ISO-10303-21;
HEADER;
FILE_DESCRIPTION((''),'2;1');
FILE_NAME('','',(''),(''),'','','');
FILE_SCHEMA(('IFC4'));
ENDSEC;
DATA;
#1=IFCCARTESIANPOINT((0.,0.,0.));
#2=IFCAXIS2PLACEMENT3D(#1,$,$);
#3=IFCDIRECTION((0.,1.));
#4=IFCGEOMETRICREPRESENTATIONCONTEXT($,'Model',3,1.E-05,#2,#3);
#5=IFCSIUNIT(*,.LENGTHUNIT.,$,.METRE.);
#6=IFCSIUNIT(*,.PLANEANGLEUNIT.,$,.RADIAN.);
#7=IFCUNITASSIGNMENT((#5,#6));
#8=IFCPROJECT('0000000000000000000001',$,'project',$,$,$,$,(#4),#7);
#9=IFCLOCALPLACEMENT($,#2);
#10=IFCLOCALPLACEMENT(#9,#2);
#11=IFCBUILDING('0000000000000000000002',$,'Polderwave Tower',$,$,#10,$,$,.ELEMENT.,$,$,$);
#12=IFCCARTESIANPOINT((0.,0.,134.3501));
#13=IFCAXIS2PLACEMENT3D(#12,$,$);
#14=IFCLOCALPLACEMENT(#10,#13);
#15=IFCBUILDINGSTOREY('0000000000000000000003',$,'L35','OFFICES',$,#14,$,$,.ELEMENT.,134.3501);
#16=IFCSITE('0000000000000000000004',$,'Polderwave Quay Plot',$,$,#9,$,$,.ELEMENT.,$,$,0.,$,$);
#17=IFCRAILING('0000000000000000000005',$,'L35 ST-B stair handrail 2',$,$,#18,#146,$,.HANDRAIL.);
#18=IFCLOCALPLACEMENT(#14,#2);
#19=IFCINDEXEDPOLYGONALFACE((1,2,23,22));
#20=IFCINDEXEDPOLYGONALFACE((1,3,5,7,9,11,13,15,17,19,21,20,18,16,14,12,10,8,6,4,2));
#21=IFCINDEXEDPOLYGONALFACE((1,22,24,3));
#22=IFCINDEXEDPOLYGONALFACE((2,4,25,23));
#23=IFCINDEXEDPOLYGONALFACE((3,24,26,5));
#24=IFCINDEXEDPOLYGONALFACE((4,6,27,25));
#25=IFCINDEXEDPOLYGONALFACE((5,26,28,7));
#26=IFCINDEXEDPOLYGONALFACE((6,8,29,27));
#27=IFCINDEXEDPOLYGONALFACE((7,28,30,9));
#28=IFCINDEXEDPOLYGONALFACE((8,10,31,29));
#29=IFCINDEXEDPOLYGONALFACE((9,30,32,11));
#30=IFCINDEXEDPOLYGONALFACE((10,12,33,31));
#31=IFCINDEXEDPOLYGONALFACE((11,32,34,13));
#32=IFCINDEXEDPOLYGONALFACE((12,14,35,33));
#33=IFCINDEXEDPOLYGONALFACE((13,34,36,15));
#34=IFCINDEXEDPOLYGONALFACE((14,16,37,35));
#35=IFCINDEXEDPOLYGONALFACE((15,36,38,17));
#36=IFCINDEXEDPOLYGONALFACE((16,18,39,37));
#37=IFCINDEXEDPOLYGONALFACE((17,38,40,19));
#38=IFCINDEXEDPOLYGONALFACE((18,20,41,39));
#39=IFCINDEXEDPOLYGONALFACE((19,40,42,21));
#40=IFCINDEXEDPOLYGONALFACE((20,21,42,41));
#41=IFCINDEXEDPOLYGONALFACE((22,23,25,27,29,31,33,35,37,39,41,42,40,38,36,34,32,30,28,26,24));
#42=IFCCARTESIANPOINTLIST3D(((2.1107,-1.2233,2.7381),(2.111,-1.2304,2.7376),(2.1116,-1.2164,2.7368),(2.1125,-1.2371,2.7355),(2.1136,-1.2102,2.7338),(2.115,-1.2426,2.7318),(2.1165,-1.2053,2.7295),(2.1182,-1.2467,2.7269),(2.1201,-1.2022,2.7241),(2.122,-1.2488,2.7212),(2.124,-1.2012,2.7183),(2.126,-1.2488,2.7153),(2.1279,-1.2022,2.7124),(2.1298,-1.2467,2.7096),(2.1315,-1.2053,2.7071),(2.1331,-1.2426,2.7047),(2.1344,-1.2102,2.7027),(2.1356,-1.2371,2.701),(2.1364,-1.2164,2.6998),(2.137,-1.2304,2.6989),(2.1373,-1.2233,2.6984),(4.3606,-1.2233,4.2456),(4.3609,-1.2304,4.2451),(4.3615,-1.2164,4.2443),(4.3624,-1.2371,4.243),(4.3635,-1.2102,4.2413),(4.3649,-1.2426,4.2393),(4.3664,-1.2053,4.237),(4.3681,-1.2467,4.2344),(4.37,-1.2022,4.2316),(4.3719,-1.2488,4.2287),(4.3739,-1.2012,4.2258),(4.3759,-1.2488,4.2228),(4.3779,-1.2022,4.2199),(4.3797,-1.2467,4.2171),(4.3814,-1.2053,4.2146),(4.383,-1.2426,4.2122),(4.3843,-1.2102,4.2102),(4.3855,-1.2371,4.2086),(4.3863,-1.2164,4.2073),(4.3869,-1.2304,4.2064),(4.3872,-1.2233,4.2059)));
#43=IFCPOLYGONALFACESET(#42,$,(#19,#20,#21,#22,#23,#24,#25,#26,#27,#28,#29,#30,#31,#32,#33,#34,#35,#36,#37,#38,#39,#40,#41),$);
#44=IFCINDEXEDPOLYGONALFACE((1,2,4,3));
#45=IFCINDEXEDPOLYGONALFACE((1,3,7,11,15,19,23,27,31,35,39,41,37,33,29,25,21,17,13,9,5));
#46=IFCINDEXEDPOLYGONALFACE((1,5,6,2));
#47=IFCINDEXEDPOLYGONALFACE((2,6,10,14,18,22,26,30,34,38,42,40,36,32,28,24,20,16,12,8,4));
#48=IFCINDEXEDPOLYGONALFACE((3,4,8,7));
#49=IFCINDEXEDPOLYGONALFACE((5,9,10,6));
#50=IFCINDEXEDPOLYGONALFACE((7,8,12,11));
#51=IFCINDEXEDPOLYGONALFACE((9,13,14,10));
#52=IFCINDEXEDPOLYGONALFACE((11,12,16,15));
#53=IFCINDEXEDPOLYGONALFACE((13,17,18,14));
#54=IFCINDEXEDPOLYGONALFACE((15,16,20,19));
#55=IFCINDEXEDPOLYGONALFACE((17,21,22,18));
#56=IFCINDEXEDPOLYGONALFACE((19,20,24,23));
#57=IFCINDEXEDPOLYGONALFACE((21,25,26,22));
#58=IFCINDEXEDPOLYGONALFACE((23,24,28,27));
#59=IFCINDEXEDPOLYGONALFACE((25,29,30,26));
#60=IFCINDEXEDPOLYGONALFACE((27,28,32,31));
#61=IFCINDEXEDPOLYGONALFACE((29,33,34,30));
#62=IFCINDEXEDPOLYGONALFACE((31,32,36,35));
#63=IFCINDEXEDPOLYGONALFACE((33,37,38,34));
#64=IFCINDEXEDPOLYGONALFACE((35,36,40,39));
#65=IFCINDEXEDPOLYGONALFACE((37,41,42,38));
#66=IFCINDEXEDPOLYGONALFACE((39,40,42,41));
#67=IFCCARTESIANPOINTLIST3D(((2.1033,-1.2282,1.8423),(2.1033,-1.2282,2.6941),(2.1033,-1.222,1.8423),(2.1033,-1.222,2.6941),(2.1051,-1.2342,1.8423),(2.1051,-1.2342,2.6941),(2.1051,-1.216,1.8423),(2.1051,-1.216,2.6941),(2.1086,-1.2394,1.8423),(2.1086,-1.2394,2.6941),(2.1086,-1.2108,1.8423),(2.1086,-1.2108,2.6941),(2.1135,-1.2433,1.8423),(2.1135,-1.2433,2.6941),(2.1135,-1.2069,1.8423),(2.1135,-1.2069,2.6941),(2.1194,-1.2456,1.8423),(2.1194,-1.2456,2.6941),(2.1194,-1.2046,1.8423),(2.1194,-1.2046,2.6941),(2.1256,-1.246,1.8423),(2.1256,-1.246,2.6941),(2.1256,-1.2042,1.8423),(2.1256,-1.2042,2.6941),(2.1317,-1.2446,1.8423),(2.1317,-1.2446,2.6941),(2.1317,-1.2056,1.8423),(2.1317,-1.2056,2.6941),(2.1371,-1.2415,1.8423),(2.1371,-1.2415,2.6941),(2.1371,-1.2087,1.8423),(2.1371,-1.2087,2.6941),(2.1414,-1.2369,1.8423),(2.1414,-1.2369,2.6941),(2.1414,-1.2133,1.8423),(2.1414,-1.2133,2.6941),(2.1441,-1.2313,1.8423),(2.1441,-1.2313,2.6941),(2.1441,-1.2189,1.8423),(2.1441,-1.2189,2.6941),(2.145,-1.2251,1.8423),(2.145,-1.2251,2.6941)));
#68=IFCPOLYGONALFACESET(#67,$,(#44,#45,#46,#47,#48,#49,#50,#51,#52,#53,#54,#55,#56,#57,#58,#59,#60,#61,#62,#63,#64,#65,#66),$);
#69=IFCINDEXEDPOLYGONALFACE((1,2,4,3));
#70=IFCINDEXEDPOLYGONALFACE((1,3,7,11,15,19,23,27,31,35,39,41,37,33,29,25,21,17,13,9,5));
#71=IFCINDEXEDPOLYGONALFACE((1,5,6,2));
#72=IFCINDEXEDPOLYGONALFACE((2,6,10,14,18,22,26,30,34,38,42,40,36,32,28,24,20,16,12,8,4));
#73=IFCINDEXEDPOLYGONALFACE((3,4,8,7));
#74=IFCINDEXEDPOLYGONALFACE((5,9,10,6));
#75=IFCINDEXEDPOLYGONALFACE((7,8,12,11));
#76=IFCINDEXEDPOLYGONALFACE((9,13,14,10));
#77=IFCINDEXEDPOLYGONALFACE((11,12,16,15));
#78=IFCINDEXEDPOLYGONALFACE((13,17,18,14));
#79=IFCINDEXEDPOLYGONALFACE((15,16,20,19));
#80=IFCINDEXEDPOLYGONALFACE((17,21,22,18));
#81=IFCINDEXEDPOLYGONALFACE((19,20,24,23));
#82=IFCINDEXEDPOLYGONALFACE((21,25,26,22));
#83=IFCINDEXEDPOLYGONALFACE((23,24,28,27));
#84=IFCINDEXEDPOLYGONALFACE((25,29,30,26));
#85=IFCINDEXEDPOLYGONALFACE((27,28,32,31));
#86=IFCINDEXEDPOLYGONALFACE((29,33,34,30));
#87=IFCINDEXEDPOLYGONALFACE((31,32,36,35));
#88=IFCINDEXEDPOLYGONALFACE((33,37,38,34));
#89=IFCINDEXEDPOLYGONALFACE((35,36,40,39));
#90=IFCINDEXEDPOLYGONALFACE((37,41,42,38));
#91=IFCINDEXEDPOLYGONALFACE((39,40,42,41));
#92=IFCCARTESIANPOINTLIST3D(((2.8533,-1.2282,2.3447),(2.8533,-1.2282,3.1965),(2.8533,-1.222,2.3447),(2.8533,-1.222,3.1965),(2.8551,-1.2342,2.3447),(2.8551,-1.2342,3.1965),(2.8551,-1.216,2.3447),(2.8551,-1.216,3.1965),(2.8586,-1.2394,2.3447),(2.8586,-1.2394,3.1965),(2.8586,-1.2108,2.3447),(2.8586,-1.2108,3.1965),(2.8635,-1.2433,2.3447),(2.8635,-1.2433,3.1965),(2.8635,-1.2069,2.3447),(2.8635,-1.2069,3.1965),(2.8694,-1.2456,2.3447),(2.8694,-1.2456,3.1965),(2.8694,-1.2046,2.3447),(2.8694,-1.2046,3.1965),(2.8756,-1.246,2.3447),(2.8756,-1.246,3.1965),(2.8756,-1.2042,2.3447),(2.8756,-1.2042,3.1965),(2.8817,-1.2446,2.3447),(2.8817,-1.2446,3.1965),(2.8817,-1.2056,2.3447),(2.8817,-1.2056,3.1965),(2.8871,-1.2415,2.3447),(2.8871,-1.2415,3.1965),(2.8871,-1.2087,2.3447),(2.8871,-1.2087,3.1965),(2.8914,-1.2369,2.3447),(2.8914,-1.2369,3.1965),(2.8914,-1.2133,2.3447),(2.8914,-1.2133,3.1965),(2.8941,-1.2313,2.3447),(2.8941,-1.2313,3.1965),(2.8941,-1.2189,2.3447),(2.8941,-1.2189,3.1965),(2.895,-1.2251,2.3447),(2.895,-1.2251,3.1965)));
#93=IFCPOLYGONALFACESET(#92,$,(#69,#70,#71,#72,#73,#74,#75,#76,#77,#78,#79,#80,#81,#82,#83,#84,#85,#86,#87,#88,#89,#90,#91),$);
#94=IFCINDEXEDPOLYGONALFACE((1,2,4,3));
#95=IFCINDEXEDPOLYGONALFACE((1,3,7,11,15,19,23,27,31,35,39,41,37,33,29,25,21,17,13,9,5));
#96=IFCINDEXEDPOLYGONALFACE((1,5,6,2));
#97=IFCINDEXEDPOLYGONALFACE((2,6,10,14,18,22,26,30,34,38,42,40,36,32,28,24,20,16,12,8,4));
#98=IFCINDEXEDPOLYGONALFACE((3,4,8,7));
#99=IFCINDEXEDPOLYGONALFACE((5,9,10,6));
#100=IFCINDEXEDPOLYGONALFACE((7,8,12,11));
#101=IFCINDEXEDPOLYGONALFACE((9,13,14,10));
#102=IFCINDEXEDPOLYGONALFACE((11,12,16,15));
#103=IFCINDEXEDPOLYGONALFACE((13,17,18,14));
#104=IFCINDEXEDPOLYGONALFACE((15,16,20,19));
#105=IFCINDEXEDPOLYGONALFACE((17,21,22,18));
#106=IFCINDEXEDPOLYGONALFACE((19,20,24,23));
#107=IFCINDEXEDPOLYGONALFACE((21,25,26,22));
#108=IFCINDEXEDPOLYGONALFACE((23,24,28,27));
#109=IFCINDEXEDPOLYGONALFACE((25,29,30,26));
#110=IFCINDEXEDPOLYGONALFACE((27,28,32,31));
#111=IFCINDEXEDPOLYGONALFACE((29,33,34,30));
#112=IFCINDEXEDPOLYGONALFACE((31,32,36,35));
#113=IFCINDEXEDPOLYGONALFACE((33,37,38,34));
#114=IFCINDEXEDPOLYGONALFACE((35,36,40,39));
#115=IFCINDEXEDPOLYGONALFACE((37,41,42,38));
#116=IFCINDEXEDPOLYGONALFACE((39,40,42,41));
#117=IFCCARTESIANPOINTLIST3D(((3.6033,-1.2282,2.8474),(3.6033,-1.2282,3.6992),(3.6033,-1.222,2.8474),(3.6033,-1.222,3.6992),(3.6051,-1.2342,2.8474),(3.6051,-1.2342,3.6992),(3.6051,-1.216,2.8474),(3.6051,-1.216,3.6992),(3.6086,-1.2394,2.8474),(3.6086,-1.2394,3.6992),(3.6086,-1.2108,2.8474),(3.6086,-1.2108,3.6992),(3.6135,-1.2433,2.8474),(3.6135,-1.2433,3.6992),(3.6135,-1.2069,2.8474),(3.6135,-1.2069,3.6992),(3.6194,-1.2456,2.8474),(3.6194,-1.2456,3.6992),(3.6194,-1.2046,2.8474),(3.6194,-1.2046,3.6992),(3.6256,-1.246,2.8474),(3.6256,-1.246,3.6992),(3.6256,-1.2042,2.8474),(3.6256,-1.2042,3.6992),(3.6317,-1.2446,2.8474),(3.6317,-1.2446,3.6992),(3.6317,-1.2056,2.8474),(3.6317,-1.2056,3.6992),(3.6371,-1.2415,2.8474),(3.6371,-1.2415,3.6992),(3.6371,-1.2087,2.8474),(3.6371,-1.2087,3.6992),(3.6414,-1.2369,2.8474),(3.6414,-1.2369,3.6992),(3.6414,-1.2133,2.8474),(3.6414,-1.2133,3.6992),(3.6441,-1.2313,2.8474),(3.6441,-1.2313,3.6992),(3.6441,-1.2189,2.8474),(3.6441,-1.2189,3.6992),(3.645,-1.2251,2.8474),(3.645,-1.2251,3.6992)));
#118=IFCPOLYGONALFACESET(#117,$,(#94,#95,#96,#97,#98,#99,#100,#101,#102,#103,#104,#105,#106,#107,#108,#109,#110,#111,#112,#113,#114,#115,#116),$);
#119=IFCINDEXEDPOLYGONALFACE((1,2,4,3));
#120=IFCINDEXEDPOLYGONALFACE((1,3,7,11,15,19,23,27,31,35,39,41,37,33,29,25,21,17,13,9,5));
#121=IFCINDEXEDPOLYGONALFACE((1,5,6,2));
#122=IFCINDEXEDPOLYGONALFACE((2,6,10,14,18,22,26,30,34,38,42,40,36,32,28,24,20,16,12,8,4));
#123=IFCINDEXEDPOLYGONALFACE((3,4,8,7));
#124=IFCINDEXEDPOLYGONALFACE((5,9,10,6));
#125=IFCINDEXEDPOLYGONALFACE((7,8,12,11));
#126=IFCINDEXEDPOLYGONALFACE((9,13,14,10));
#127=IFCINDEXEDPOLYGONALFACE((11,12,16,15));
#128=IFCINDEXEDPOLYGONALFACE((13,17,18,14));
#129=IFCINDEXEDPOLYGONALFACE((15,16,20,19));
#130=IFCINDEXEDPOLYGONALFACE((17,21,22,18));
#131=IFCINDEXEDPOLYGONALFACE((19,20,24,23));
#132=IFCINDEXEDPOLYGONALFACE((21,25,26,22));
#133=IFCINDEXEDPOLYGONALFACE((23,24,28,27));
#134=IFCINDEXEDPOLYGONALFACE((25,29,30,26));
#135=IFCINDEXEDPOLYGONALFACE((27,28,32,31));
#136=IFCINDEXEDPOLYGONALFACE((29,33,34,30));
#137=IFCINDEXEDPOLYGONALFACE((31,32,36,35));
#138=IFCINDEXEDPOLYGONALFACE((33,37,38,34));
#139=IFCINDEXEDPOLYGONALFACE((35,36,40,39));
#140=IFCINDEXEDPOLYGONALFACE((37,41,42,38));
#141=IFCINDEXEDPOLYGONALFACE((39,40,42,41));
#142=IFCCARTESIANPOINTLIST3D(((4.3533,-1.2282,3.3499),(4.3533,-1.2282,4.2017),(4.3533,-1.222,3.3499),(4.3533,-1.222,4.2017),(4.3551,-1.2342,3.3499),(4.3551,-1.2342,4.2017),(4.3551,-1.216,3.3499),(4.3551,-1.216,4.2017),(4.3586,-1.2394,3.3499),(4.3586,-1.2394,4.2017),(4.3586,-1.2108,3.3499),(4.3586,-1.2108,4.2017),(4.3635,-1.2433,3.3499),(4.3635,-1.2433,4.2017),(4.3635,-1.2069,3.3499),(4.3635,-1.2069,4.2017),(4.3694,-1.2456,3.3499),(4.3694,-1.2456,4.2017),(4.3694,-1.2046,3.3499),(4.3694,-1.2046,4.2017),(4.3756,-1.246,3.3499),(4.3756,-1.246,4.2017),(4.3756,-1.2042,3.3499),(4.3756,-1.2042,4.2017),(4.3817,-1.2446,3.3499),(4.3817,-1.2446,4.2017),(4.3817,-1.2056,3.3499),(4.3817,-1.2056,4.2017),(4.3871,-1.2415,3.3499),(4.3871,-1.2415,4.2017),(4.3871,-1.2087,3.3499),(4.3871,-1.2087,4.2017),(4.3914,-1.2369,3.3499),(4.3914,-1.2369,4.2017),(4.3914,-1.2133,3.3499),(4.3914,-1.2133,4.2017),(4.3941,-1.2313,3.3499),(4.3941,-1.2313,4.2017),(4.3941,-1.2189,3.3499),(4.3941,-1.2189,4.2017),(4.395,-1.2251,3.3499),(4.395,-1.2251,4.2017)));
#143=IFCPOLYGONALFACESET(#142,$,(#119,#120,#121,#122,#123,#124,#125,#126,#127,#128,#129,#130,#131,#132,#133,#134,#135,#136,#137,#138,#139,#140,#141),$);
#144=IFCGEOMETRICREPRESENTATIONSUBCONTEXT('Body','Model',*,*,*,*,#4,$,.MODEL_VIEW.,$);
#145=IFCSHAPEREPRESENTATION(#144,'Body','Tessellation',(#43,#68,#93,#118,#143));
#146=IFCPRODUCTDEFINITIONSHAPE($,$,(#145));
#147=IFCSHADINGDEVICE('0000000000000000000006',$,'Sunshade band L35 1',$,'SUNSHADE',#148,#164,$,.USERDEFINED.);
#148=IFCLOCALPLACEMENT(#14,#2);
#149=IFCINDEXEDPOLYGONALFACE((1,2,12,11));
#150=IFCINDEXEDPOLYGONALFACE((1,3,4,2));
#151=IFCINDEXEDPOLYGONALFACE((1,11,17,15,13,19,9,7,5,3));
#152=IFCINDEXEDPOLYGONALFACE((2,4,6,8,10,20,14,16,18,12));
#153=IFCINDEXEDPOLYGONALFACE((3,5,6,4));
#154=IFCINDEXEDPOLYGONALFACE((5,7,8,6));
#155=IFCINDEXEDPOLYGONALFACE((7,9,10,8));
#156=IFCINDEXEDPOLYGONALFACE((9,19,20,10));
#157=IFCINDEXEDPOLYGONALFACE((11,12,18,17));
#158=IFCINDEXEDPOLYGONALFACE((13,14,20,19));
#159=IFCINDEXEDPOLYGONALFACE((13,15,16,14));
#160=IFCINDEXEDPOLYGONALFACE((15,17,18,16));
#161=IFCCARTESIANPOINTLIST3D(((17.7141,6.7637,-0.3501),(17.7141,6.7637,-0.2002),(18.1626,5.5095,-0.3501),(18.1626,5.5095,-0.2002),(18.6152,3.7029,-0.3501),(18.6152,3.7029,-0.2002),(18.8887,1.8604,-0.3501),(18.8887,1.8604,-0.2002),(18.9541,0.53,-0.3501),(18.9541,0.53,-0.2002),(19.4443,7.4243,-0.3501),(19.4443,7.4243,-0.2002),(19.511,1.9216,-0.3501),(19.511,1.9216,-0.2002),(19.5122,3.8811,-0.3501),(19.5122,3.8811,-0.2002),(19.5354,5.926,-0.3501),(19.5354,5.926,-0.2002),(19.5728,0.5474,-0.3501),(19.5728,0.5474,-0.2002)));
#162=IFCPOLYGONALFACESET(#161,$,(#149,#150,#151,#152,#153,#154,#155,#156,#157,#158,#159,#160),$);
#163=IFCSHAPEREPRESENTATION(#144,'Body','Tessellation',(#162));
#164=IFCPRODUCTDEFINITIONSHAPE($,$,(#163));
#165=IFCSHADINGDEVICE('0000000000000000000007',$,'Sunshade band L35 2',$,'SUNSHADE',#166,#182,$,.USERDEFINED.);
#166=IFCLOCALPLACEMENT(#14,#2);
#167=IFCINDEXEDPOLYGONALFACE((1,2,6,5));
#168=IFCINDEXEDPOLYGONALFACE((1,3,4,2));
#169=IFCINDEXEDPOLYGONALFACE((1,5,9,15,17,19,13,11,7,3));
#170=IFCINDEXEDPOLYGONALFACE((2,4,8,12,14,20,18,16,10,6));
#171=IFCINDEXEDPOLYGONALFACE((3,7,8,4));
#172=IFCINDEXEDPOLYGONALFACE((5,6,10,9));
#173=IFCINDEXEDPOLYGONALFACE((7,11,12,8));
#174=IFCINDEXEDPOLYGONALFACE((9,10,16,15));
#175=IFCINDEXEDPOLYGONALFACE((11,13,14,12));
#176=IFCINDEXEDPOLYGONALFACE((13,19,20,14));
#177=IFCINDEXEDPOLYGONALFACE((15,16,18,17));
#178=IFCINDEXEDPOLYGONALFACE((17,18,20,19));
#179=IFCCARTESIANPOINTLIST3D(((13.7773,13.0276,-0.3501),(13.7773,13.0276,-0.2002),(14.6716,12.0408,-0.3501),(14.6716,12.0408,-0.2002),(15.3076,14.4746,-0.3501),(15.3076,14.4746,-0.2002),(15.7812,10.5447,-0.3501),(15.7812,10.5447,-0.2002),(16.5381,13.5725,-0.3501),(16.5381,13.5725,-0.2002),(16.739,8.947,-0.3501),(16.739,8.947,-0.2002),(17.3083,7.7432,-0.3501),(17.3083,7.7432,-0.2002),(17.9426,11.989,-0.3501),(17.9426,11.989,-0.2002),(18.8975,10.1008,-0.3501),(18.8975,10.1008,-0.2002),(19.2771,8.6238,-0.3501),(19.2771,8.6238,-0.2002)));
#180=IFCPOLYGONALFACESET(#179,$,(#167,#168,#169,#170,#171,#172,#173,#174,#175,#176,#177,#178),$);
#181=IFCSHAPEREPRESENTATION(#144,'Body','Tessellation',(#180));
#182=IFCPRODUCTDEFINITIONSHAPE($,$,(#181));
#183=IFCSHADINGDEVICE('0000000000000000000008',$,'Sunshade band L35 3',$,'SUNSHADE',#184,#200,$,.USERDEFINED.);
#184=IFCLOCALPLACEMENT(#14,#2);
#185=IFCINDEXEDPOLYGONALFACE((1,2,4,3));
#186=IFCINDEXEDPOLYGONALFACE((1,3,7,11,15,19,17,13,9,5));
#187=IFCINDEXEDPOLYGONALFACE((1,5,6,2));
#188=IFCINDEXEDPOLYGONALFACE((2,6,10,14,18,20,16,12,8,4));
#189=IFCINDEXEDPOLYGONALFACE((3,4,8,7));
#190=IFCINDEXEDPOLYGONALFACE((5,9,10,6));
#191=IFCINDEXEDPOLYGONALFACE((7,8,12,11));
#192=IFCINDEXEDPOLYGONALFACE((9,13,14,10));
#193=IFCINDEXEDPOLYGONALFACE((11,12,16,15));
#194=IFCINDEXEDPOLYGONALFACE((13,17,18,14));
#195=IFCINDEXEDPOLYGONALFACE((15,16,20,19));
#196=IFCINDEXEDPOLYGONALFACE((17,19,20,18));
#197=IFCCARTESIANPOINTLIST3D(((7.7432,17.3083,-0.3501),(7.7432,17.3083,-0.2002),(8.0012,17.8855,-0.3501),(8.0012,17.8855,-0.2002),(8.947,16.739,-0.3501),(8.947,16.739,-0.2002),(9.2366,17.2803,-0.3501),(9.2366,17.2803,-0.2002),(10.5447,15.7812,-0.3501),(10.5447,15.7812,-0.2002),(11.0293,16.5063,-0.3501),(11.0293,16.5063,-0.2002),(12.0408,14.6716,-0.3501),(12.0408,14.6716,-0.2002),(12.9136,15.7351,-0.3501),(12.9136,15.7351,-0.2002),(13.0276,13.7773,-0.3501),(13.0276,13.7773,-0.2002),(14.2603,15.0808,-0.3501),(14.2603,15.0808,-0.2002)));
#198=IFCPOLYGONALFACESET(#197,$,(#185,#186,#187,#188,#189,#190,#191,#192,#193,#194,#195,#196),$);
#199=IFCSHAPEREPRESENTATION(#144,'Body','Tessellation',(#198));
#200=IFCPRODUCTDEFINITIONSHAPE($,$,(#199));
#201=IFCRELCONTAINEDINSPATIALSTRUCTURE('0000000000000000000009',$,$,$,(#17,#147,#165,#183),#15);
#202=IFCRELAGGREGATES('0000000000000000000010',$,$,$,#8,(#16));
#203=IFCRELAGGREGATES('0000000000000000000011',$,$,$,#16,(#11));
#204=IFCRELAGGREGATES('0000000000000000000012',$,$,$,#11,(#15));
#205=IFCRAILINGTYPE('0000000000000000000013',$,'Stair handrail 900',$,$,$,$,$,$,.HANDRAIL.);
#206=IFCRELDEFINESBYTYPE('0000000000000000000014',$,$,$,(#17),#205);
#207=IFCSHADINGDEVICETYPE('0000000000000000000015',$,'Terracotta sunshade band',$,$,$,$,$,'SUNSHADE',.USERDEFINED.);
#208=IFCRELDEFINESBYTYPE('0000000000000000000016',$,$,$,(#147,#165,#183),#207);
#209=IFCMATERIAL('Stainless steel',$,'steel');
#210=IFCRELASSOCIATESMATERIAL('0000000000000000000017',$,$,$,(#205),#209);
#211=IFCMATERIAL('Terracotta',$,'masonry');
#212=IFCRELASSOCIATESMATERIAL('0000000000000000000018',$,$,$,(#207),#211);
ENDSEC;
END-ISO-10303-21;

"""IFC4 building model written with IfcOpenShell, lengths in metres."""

from ifc_helpers import new_model, si_unit, direction, frame, origin, origin_2d, place, context, subcontext, project, spatial, polyline, circle, outline, extrude, material, type_object, element, save


model = new_model("IFC4")

# Units and contexts
model_context = context("Model", 3, precision=1e-05, world=origin(), true_north=direction((0.0, 1.0)))
body_context = subcontext(model_context, "Body", "Model", "MODEL_VIEW")
ifc_project = project(units=[si_unit("LENGTHUNIT", "METRE"), si_unit("PLANEANGLEUNIT", "RADIAN")], contexts=[model_context])

# Site, building, storey
site_placement = place(None, origin())
site = spatial("IfcSite", under=ifc_project, at=site_placement, Name="Polderwave Quay Plot", CompositionType="ELEMENT", RefElevation=0.0)
building_placement = place(site_placement, origin())
building = spatial("IfcBuilding", under=site, at=building_placement, Name="Polderwave Tower", CompositionType="ELEMENT")
storey_placement = place(building_placement, frame((0.0, 0.0, 134.3501)))
storey = spatial("IfcBuildingStorey", under=building, at=storey_placement, Name="L35", Description="OFFICES", CompositionType="ELEMENT", Elevation=134.3501)

# Railing
ifc_material_1 = material(Name="Stainless steel", Category="steel")
railing_type_1 = type_object("IfcRailingType", Name="Stair handrail 900", PredefinedType="HANDRAIL", material=ifc_material_1)
railing_1_placement = place(storey_placement, frame((2.124, -1.2251, 1.8423)))
element("IfcRailing", 1, at=railing_1_placement, inside=storey, type_object=railing_type_1, Name="L35 ST-B stair handrail 2", PredefinedType="HANDRAIL", context=body_context, shape_type="SweptSolid", body=[
    extrude(circle(Radius=0.0239, at=origin_2d()), frame((0.0, 0.0, 0.876), z_axis=(0.830758, 0.0, 0.556633), x_axis=(0.0, 1.0, 0.0)), (0.0, 0.0, 1.0), 2.7083),
    extrude(circle(Radius=0.021, at=origin_2d()), origin(), (0.0, 0.0, 1.0), 0.8518),
    extrude(circle(Radius=0.021, at=origin_2d()), frame((0.75, 0.0, 0.5024)), (0.0, 0.0, 1.0), 0.8518),
    extrude(circle(Radius=0.021, at=origin_2d()), frame((1.5, 0.0, 1.0051)), (0.0, 0.0, 1.0), 0.8518),
    extrude(circle(Radius=0.021, at=origin_2d()), frame((2.25, 0.0, 1.5076)), (0.0, 0.0, 1.0), 0.8518),
])

# Shading devices
ifc_material_2 = material(Name="Terracotta", Category="masonry")
shading_device_type = type_object("IfcShadingDeviceType", Name="Terracotta sunshade band", ElementType="SUNSHADE", PredefinedType="USERDEFINED", material=ifc_material_2)
shading_device_1_placement = place(storey_placement, frame((0.0, 0.0, -0.3501)))
element("IfcShadingDevice", 2, at=shading_device_1_placement, inside=storey, type_object=shading_device_type, Name="Sunshade band L35 1", ObjectType="SUNSHADE", PredefinedType="USERDEFINED", context=body_context, shape_type="SweptSolid", body=[
    extrude(outline(polyline([(18.9541, 0.53), (18.8887, 1.8604), (18.6152, 3.7029), (18.1626, 5.5095), (17.7141, 6.7637), (19.4443, 7.4243), (19.5354, 5.926), (19.5122, 3.8811), (19.511, 1.9216), (19.5728, 0.5474), (18.9541, 0.53)])), origin(), (0.0, 0.0, 1.0), 0.1499),
])
shading_device_2_placement = place(storey_placement, frame((0.0, 0.0, -0.3501)))
element("IfcShadingDevice", 3, at=shading_device_2_placement, inside=storey, type_object=shading_device_type, Name="Sunshade band L35 2", ObjectType="SUNSHADE", PredefinedType="USERDEFINED", context=body_context, shape_type="SweptSolid", body=[
    extrude(outline(polyline([(17.3083, 7.7432), (16.739, 8.947), (15.7812, 10.5447), (14.6716, 12.0408), (13.7773, 13.0276), (15.3076, 14.4746), (16.5381, 13.5725), (17.9426, 11.989), (18.8975, 10.1008), (19.2771, 8.6238), (17.3083, 7.7432)])), origin(), (0.0, 0.0, 1.0), 0.1499),
])
shading_device_3_placement = place(storey_placement, frame((0.0, 0.0, -0.3501)))
element("IfcShadingDevice", 4, at=shading_device_3_placement, inside=storey, type_object=shading_device_type, Name="Sunshade band L35 3", ObjectType="SUNSHADE", PredefinedType="USERDEFINED", context=body_context, shape_type="SweptSolid", body=[
    extrude(outline(polyline([(13.0276, 13.7773), (12.0408, 14.6716), (10.5447, 15.7812), (8.947, 16.739), (7.7432, 17.3083), (8.0012, 17.8855), (9.2366, 17.2803), (11.0293, 16.5063), (12.9136, 15.7351), (14.2603, 15.0808), (13.0276, 13.7773)])), origin(), (0.0, 0.0, 1.0), 0.1499),
])

save(model, "model.ifc")
